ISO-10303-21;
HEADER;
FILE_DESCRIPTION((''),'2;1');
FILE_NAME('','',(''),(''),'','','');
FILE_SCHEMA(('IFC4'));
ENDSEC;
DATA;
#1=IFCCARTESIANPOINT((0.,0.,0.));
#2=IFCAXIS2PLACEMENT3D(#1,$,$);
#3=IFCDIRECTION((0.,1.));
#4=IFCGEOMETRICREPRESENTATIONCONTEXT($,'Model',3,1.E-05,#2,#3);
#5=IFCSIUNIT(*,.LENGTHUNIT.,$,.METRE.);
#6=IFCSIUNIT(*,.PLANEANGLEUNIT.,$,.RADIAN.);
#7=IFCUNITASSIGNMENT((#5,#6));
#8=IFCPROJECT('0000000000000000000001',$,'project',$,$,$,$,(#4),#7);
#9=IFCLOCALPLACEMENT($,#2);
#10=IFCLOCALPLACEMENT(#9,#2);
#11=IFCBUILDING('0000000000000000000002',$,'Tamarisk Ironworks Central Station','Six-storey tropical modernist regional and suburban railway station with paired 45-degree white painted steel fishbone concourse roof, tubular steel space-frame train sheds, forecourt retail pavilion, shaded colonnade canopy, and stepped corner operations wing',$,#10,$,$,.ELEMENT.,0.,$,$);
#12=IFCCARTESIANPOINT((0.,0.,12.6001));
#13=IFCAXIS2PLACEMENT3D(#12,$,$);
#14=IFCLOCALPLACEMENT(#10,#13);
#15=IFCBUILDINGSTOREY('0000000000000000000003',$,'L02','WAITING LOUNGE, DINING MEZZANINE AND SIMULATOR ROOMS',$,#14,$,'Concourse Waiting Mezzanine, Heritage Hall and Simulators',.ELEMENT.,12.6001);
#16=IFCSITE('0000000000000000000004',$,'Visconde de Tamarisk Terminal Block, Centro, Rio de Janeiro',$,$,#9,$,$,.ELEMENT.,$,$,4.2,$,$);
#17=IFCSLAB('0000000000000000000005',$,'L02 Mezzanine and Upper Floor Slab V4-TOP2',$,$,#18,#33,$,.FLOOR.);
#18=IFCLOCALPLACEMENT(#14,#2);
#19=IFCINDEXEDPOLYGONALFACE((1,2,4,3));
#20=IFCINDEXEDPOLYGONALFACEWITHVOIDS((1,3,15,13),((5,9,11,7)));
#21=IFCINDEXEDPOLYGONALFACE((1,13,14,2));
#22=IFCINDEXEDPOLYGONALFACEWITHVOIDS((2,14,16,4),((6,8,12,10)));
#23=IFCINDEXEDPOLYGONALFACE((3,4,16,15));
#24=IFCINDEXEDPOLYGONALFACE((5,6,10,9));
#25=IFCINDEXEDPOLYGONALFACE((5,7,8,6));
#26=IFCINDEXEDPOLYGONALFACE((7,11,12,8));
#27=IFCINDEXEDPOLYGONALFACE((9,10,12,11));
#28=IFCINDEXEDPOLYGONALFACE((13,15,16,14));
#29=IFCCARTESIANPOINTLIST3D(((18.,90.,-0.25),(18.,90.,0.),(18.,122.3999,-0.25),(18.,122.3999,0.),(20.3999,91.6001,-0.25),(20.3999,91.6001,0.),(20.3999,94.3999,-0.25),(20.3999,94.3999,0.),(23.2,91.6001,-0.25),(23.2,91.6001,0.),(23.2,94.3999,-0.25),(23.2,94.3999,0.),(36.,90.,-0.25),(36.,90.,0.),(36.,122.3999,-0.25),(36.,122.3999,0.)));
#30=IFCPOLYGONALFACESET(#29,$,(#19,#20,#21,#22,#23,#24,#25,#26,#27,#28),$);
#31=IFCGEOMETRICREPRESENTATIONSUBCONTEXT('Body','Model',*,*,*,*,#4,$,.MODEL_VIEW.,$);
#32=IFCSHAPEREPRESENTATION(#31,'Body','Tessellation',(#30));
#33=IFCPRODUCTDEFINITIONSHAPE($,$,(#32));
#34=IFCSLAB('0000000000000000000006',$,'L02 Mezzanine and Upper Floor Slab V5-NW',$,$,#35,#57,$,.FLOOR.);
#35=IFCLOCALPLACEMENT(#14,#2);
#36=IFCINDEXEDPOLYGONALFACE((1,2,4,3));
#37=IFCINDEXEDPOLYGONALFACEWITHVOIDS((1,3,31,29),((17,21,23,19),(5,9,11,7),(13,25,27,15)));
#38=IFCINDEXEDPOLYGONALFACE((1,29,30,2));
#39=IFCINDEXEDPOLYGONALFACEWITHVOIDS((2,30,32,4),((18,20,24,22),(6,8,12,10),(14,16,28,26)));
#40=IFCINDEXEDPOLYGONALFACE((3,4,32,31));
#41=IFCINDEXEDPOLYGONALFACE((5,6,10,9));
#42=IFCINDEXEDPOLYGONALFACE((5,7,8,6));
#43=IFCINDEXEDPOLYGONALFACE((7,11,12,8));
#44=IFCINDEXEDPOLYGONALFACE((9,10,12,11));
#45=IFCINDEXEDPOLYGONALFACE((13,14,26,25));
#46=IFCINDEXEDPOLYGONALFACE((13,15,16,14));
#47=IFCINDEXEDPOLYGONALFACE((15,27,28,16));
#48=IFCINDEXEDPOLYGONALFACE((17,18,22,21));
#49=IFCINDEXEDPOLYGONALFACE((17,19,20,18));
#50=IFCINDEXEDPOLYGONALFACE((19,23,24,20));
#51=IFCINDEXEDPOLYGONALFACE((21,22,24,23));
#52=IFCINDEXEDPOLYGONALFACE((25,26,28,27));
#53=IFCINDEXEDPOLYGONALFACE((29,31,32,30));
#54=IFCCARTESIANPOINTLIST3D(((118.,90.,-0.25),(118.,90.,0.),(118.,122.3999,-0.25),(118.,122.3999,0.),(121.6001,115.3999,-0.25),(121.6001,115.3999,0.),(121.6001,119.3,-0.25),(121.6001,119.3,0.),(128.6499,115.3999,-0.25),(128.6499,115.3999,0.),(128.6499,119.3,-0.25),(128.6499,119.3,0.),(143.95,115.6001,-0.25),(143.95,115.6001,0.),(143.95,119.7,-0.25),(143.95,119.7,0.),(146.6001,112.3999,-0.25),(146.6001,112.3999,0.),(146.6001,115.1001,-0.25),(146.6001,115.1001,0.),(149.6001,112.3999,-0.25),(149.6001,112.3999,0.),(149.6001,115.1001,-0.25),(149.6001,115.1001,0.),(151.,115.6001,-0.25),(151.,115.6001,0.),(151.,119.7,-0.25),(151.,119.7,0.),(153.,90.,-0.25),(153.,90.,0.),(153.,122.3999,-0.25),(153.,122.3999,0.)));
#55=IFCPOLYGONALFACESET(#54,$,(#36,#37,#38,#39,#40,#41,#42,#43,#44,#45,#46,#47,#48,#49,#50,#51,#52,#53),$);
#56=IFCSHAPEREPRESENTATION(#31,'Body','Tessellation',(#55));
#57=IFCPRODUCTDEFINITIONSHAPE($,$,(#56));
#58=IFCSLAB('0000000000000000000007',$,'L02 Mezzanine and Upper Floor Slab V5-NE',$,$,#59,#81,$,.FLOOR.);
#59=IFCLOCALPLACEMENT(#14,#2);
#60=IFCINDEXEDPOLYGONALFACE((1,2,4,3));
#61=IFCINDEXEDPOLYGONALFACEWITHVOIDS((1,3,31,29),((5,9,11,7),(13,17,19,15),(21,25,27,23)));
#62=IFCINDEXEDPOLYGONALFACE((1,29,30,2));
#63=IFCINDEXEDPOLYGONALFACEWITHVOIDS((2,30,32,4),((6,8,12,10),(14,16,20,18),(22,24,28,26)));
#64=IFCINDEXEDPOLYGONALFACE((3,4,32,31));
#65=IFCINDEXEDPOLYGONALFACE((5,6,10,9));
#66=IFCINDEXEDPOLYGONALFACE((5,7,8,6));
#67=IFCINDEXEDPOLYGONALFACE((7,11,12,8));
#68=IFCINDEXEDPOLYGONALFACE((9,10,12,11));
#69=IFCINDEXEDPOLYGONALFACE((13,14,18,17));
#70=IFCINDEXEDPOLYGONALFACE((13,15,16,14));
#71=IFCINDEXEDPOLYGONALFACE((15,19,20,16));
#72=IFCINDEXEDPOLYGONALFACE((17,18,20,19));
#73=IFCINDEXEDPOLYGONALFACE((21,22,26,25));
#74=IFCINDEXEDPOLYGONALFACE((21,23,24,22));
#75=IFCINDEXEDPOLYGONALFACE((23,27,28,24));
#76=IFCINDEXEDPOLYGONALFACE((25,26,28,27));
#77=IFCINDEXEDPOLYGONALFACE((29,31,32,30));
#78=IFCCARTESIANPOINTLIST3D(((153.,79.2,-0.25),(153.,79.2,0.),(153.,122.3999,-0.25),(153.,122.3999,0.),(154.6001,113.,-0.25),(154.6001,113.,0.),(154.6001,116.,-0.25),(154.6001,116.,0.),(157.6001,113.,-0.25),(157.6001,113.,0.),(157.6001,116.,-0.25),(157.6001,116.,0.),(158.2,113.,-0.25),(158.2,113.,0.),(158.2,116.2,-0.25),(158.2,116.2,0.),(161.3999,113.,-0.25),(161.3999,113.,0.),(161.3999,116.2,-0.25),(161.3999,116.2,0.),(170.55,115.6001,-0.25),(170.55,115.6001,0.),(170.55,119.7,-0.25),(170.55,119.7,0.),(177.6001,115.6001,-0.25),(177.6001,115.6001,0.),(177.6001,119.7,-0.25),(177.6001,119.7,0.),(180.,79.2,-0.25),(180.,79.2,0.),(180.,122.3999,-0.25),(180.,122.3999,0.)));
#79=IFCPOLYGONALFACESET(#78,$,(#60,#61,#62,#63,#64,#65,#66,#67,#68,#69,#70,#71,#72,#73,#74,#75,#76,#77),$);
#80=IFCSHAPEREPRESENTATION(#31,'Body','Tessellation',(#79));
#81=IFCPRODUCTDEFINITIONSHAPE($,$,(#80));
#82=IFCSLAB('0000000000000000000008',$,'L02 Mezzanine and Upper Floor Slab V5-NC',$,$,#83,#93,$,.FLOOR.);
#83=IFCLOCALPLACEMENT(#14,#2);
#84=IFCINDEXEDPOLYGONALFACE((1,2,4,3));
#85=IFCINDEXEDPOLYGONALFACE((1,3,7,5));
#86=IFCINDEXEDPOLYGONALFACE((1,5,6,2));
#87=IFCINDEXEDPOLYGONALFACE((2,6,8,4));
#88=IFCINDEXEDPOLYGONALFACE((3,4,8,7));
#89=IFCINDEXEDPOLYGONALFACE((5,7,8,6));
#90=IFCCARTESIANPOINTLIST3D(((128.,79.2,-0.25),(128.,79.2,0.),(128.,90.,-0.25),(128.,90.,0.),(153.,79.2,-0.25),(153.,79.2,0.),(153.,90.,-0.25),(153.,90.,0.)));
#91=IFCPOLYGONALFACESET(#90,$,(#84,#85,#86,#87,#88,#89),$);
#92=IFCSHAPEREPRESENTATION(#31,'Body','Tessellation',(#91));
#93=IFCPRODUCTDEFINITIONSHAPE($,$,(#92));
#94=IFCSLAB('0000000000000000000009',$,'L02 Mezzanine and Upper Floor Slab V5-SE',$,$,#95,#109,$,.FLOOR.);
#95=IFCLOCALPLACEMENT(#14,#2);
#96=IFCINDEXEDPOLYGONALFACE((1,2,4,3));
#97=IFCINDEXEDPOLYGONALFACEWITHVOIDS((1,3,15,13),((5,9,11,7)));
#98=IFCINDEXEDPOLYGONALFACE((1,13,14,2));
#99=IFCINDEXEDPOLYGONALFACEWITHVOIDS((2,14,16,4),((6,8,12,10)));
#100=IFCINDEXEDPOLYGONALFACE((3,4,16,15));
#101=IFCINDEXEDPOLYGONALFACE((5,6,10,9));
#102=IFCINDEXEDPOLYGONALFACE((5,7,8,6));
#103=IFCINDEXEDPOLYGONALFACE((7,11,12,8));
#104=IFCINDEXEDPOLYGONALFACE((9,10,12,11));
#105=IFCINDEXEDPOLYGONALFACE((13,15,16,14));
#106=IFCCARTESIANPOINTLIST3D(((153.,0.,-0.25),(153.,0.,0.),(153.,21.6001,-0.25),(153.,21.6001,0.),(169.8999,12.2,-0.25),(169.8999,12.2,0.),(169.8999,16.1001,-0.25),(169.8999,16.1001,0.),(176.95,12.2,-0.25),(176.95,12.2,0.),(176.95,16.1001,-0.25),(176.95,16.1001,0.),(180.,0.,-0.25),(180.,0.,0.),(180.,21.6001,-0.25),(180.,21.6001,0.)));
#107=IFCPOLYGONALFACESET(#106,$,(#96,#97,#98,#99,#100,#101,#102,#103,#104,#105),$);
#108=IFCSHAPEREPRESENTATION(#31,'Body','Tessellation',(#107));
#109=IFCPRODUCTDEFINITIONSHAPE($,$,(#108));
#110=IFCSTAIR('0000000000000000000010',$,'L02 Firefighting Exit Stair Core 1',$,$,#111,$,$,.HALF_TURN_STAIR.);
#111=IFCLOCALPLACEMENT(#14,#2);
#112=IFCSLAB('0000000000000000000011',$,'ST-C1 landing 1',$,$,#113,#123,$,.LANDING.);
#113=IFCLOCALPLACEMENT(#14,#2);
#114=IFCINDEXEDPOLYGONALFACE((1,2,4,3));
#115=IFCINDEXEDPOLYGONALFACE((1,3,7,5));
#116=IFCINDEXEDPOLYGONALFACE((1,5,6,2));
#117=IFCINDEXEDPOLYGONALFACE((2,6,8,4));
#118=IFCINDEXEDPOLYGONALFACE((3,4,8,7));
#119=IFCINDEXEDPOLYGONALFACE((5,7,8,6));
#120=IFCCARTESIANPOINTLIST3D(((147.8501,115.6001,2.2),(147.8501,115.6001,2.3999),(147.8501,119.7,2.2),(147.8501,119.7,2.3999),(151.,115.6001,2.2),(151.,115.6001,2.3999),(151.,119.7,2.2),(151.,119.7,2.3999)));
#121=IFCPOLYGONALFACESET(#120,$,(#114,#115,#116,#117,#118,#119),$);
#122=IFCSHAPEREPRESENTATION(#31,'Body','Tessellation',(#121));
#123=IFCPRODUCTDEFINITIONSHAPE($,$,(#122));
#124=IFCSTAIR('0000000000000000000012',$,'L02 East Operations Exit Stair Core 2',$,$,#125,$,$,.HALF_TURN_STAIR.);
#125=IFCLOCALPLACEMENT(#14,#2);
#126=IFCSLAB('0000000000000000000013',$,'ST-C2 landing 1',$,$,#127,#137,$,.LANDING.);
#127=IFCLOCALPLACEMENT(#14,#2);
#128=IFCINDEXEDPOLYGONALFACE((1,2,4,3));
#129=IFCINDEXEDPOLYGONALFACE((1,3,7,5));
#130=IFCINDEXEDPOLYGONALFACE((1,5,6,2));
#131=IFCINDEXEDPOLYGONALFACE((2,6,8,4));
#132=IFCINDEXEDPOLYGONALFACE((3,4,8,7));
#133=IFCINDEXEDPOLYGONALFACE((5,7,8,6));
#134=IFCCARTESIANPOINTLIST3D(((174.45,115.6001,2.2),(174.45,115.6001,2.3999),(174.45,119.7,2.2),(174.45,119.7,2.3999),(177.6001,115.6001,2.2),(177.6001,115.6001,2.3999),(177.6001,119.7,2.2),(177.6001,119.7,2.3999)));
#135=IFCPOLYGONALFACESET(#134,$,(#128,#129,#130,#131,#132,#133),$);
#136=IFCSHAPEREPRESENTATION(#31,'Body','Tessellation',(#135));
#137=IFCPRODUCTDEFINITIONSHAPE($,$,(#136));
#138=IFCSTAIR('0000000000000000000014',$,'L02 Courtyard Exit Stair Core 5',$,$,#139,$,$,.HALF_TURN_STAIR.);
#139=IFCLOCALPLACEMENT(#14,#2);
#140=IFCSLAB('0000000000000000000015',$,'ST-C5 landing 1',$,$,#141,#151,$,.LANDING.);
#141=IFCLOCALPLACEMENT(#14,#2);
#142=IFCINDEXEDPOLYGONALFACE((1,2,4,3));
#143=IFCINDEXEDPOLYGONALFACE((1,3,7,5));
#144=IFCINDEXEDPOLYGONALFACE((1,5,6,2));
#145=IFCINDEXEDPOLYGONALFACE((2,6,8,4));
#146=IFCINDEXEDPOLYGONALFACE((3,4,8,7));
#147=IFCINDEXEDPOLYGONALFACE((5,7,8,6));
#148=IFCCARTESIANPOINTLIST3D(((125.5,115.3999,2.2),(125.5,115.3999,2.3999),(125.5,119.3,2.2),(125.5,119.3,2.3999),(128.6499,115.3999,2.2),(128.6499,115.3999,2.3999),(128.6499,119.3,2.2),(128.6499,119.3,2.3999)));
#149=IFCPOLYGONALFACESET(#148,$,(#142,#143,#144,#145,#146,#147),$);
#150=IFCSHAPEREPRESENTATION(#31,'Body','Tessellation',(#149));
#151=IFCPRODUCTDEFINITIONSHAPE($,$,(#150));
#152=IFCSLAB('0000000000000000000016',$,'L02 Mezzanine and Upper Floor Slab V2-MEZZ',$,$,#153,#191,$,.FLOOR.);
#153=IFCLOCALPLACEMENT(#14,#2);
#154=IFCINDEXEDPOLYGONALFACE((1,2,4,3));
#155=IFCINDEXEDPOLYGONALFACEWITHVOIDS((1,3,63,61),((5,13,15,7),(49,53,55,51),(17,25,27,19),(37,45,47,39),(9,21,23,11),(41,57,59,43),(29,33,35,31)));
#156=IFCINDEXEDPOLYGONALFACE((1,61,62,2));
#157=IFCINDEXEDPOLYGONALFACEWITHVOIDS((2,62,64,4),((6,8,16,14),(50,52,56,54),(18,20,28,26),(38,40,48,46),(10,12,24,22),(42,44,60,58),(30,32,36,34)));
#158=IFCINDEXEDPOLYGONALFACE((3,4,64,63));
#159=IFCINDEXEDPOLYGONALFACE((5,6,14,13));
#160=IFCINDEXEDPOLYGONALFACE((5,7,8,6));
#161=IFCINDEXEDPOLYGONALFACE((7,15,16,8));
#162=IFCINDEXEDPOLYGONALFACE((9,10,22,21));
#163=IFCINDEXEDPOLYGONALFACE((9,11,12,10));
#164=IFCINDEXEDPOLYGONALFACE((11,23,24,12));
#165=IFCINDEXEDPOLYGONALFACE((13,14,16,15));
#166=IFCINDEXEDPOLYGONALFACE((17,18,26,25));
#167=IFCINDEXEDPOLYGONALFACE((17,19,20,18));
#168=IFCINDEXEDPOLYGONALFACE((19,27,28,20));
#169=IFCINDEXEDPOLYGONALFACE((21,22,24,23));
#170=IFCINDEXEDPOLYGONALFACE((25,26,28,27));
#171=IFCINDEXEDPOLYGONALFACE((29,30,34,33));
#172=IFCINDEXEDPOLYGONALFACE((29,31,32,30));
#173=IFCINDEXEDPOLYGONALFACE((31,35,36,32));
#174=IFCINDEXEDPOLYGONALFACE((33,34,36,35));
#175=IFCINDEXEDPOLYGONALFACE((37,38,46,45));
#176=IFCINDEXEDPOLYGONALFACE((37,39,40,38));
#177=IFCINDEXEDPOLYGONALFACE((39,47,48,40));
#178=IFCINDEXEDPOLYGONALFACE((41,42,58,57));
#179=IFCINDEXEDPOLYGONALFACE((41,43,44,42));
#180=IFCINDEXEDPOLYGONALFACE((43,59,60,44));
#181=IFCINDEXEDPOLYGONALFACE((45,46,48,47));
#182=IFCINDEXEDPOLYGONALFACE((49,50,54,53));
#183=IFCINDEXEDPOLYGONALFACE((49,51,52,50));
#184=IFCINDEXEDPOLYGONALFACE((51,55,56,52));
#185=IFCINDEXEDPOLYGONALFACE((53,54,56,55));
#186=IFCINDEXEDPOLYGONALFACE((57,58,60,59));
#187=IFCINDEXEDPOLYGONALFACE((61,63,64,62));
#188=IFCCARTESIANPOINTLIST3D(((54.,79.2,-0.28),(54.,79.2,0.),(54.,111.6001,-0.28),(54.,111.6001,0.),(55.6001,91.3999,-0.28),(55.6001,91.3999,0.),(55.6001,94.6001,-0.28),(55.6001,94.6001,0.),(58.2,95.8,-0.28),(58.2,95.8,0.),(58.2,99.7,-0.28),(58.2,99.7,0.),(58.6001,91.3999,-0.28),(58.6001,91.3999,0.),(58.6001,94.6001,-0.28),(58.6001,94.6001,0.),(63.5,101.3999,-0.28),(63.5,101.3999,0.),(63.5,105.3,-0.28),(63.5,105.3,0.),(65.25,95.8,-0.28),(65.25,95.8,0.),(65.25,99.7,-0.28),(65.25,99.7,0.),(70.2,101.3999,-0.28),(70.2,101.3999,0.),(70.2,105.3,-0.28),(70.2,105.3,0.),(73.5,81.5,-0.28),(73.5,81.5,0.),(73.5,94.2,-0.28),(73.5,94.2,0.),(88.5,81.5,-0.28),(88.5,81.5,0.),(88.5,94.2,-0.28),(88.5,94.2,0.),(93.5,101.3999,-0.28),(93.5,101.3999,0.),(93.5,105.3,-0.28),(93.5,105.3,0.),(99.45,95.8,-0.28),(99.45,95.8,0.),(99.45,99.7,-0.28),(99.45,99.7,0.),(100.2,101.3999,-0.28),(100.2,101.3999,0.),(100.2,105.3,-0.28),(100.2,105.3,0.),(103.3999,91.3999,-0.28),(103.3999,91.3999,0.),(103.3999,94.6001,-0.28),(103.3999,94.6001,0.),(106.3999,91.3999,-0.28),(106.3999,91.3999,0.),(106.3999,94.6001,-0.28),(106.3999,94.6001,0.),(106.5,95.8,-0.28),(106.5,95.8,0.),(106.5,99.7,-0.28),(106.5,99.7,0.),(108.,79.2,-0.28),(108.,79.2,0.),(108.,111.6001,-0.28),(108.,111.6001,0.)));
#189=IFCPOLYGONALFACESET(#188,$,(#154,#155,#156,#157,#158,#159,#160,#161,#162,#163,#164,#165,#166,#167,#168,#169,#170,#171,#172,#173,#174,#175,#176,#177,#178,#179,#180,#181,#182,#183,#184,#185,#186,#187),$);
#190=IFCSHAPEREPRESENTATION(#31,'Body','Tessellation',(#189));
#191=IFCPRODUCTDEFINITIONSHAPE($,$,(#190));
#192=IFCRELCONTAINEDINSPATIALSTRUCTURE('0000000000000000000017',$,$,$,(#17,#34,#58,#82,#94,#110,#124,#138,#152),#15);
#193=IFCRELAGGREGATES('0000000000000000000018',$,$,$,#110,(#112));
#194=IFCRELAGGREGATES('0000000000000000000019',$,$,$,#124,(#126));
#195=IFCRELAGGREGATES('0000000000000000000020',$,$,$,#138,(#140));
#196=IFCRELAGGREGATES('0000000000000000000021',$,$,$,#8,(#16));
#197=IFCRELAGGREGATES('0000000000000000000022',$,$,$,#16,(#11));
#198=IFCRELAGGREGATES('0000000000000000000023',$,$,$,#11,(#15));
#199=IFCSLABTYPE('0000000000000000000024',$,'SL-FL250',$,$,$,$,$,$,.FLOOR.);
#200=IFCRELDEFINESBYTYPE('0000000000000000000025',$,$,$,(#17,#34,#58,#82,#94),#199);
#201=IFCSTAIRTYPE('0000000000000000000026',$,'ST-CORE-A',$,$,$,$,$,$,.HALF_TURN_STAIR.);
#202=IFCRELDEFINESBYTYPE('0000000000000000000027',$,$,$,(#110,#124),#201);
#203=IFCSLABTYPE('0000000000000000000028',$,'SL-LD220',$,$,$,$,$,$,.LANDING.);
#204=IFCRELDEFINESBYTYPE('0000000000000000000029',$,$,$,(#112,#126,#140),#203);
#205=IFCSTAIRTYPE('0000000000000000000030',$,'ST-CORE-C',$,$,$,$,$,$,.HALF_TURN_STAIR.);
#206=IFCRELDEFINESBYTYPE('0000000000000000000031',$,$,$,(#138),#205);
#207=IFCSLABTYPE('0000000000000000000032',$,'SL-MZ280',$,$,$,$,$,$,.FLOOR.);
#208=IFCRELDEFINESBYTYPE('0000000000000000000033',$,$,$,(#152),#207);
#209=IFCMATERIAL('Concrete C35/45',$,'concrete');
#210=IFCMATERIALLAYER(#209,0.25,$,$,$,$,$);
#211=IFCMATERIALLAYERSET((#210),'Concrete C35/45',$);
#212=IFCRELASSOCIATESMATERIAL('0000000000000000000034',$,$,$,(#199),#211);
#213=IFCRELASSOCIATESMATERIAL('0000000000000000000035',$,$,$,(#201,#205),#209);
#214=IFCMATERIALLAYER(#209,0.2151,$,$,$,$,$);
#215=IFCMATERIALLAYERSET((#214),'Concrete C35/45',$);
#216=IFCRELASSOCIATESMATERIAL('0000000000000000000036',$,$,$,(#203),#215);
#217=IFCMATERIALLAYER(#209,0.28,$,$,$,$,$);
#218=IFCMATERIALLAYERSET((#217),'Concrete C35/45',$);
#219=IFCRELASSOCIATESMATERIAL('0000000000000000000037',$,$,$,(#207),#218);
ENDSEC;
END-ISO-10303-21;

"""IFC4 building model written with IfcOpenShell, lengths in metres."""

from ifc_helpers import new_model, si_unit, direction, frame, origin, place, context, subcontext, project, spatial, polyline, outline, extrude, material, layer, layer_set, type_object, element, aggregate, save


model = new_model("IFC4")

# Units and contexts
model_context = context("Model", 3, precision=1e-05, world=origin(), true_north=direction((0.0, 1.0)))
body_context = subcontext(model_context, "Body", "Model", "MODEL_VIEW")
ifc_project = project(units=[si_unit("LENGTHUNIT", "METRE"), si_unit("PLANEANGLEUNIT", "RADIAN")], contexts=[model_context])

# Site, building, storey
site_placement = place(None, origin())
site = spatial("IfcSite", under=ifc_project, at=site_placement, Name="Visconde de Tamarisk Terminal Block, Centro, Rio de Janeiro", CompositionType="ELEMENT", RefElevation=4.2)
building_placement = place(site_placement, origin())
building = spatial("IfcBuilding", under=site, at=building_placement, Name="Tamarisk Ironworks Central Station", Description="Six-storey tropical modernist regional and suburban railway station with paired 45-degree white painted steel fishbone concourse roof, tubular steel space-frame train sheds, forecourt retail pavilion, shaded colonnade canopy, and stepped corner operations wing", CompositionType="ELEMENT", ElevationOfRefHeight=0.0)
storey_placement = place(building_placement, frame((0.0, 0.0, 12.6001)))
storey = spatial("IfcBuildingStorey", under=building, at=storey_placement, Name="L02", Description="WAITING LOUNGE, DINING MEZZANINE AND SIMULATOR ROOMS", LongName="Concourse Waiting Mezzanine, Heritage Hall and Simulators", CompositionType="ELEMENT", Elevation=12.6001)

# Slabs
ifc_material_1 = material(Name="Concrete C35/45", Category="concrete")
ifc_layer_1 = layer(ifc_material_1, 0.25)
ifc_layer_set_1 = layer_set([ifc_layer_1], Name="Concrete C35/45")
slab_type_1 = type_object("IfcSlabType", Name="SL-FL250", PredefinedType="FLOOR", material=ifc_layer_set_1)
slab_1_placement = place(storey_placement, frame((0.0, 0.0, -0.25)))
element("IfcSlab", 1, at=slab_1_placement, inside=storey, type_object=slab_type_1, Name="L02 Mezzanine and Upper Floor Slab V4-TOP2", PredefinedType="FLOOR", context=body_context, shape_type="SweptSolid", body=[
    extrude(outline(polyline([(18.0, 90.0), (36.0, 90.0), (36.0, 122.3999), (18.0, 122.3999), (18.0, 90.0)]), holes=[polyline([(20.3999, 91.6001), (23.2, 91.6001), (23.2, 94.3999), (20.3999, 94.3999), (20.3999, 91.6001)])]), origin(), (0.0, 0.0, 1.0), 0.25),
])
slab_2_placement = place(storey_placement, frame((0.0, 0.0, -0.25)))
element("IfcSlab", 2, at=slab_2_placement, inside=storey, type_object=slab_type_1, Name="L02 Mezzanine and Upper Floor Slab V5-NW", PredefinedType="FLOOR", context=body_context, shape_type="SweptSolid", body=[
    extrude(outline(polyline([(118.0, 90.0), (153.0, 90.0), (153.0, 122.3999), (118.0, 122.3999), (118.0, 90.0)]), holes=[polyline([(143.95, 115.6001), (151.0, 115.6001), (151.0, 119.7), (143.95, 119.7), (143.95, 115.6001)]), polyline([(121.6001, 115.3999), (128.6499, 115.3999), (128.6499, 119.3), (121.6001, 119.3), (121.6001, 115.3999)]), polyline([(146.6001, 112.3999), (149.6001, 112.3999), (149.6001, 115.1001), (146.6001, 115.1001), (146.6001, 112.3999)])]), origin(), (0.0, 0.0, 1.0), 0.25),
])
slab_3_placement = place(storey_placement, frame((0.0, 0.0, -0.25)))
element("IfcSlab", 3, at=slab_3_placement, inside=storey, type_object=slab_type_1, Name="L02 Mezzanine and Upper Floor Slab V5-NE", PredefinedType="FLOOR", context=body_context, shape_type="SweptSolid", body=[
    extrude(outline(polyline([(153.0, 79.2), (180.0, 79.2), (180.0, 122.3999), (153.0, 122.3999), (153.0, 79.2)]), holes=[polyline([(170.55, 115.6001), (177.6001, 115.6001), (177.6001, 119.7), (170.55, 119.7), (170.55, 115.6001)]), polyline([(154.6001, 113.0), (157.6001, 113.0), (157.6001, 116.0), (154.6001, 116.0), (154.6001, 113.0)]), polyline([(158.2, 113.0), (161.3999, 113.0), (161.3999, 116.2), (158.2, 116.2), (158.2, 113.0)])]), origin(), (0.0, 0.0, 1.0), 0.25),
])
slab_4_placement = place(storey_placement, frame((0.0, 0.0, -0.25)))
element("IfcSlab", 4, at=slab_4_placement, inside=storey, type_object=slab_type_1, Name="L02 Mezzanine and Upper Floor Slab V5-NC", PredefinedType="FLOOR", context=body_context, shape_type="SweptSolid", body=[
    extrude(outline(polyline([(128.0, 79.2), (153.0, 79.2), (153.0, 90.0), (128.0, 90.0), (128.0, 79.2)])), origin(), (0.0, 0.0, 1.0), 0.25),
])
slab_5_placement = place(storey_placement, frame((0.0, 0.0, -0.25)))
element("IfcSlab", 5, at=slab_5_placement, inside=storey, type_object=slab_type_1, Name="L02 Mezzanine and Upper Floor Slab V5-SE", PredefinedType="FLOOR", context=body_context, shape_type="SweptSolid", body=[
    extrude(outline(polyline([(153.0, 0.0), (180.0, 0.0), (180.0, 21.6001), (153.0, 21.6001), (153.0, 0.0)]), holes=[polyline([(169.8999, 12.2), (176.95, 12.2), (176.95, 16.1001), (169.8999, 16.1001), (169.8999, 12.2)])]), origin(), (0.0, 0.0, 1.0), 0.25),
])

# Stairs, slabs
stair_type_1 = type_object("IfcStairType", Name="ST-CORE-A", PredefinedType="HALF_TURN_STAIR", material=ifc_material_1)
stair_1_placement = place(storey_placement, origin())
stair_1 = element("IfcStair", 6, at=stair_1_placement, inside=storey, type_object=stair_type_1, Name="L02 Firefighting Exit Stair Core 1", PredefinedType="HALF_TURN_STAIR")
ifc_layer_2 = layer(ifc_material_1, 0.2151)
ifc_layer_set_2 = layer_set([ifc_layer_2], Name="Concrete C35/45")
slab_type_2 = type_object("IfcSlabType", Name="SL-LD220", PredefinedType="LANDING", material=ifc_layer_set_2)
slab_6_placement = place(storey_placement, frame((0.0, 0.0, 2.2)))
slab_6 = element("IfcSlab", 7, at=slab_6_placement, type_object=slab_type_2, Name="ST-C1 landing 1", PredefinedType="LANDING", context=body_context, shape_type="SweptSolid", body=[
    extrude(outline(polyline([(147.8501, 115.6001), (151.0, 115.6001), (151.0, 119.7), (147.8501, 119.7), (147.8501, 115.6001)])), origin(), (0.0, 0.0, 1.0), 0.2),
])
aggregate(stair_1, [slab_6])
stair_2_placement = place(storey_placement, origin())
stair_2 = element("IfcStair", 8, at=stair_2_placement, inside=storey, type_object=stair_type_1, Name="L02 East Operations Exit Stair Core 2", PredefinedType="HALF_TURN_STAIR")
slab_7_placement = place(storey_placement, frame((0.0, 0.0, 2.2)))
slab_7 = element("IfcSlab", 9, at=slab_7_placement, type_object=slab_type_2, Name="ST-C2 landing 1", PredefinedType="LANDING", context=body_context, shape_type="SweptSolid", body=[
    extrude(outline(polyline([(174.45, 115.6001), (177.6001, 115.6001), (177.6001, 119.7), (174.45, 119.7), (174.45, 115.6001)])), origin(), (0.0, 0.0, 1.0), 0.2),
])
aggregate(stair_2, [slab_7])
stair_type_2 = type_object("IfcStairType", Name="ST-CORE-C", PredefinedType="HALF_TURN_STAIR", material=ifc_material_1)
stair_3_placement = place(storey_placement, origin())
stair_3 = element("IfcStair", 10, at=stair_3_placement, inside=storey, type_object=stair_type_2, Name="L02 Courtyard Exit Stair Core 5", PredefinedType="HALF_TURN_STAIR")
slab_8_placement = place(storey_placement, frame((0.0, 0.0, 2.2)))
slab_8 = element("IfcSlab", 11, at=slab_8_placement, type_object=slab_type_2, Name="ST-C5 landing 1", PredefinedType="LANDING", context=body_context, shape_type="SweptSolid", body=[
    extrude(outline(polyline([(125.5, 115.3999), (128.6499, 115.3999), (128.6499, 119.3), (125.5, 119.3), (125.5, 115.3999)])), origin(), (0.0, 0.0, 1.0), 0.2),
])
aggregate(stair_3, [slab_8])

# Slab
ifc_layer_3 = layer(ifc_material_1, 0.28)
ifc_layer_set_3 = layer_set([ifc_layer_3], Name="Concrete C35/45")
slab_type_3 = type_object("IfcSlabType", Name="SL-MZ280", PredefinedType="FLOOR", material=ifc_layer_set_3)
slab_9_placement = place(storey_placement, frame((0.0, 0.0, -0.28)))
element("IfcSlab", 12, at=slab_9_placement, inside=storey, type_object=slab_type_3, Name="L02 Mezzanine and Upper Floor Slab V2-MEZZ", PredefinedType="FLOOR", context=body_context, shape_type="SweptSolid", body=[
    extrude(outline(polyline([(54.0, 79.2), (108.0, 79.2), (108.0, 111.6001), (54.0, 111.6001), (54.0, 79.2)]), holes=[polyline([(58.2, 95.8), (65.25, 95.8), (65.25, 99.7), (58.2, 99.7), (58.2, 95.8)]), polyline([(99.45, 95.8), (106.5, 95.8), (106.5, 99.7), (99.45, 99.7), (99.45, 95.8)]), polyline([(63.5, 101.3999), (70.2, 101.3999), (70.2, 105.3), (63.5, 105.3), (63.5, 101.3999)]), polyline([(93.5, 101.3999), (100.2, 101.3999), (100.2, 105.3), (93.5, 105.3), (93.5, 101.3999)]), polyline([(55.6001, 91.3999), (58.6001, 91.3999), (58.6001, 94.6001), (55.6001, 94.6001), (55.6001, 91.3999)]), polyline([(103.3999, 91.3999), (106.3999, 91.3999), (106.3999, 94.6001), (103.3999, 94.6001), (103.3999, 91.3999)]), polyline([(73.5, 81.5), (88.5, 81.5), (88.5, 94.2), (73.5, 94.2), (73.5, 81.5)])]), origin(), (0.0, 0.0, 1.0), 0.28),
])

save(model, "model.ifc")
